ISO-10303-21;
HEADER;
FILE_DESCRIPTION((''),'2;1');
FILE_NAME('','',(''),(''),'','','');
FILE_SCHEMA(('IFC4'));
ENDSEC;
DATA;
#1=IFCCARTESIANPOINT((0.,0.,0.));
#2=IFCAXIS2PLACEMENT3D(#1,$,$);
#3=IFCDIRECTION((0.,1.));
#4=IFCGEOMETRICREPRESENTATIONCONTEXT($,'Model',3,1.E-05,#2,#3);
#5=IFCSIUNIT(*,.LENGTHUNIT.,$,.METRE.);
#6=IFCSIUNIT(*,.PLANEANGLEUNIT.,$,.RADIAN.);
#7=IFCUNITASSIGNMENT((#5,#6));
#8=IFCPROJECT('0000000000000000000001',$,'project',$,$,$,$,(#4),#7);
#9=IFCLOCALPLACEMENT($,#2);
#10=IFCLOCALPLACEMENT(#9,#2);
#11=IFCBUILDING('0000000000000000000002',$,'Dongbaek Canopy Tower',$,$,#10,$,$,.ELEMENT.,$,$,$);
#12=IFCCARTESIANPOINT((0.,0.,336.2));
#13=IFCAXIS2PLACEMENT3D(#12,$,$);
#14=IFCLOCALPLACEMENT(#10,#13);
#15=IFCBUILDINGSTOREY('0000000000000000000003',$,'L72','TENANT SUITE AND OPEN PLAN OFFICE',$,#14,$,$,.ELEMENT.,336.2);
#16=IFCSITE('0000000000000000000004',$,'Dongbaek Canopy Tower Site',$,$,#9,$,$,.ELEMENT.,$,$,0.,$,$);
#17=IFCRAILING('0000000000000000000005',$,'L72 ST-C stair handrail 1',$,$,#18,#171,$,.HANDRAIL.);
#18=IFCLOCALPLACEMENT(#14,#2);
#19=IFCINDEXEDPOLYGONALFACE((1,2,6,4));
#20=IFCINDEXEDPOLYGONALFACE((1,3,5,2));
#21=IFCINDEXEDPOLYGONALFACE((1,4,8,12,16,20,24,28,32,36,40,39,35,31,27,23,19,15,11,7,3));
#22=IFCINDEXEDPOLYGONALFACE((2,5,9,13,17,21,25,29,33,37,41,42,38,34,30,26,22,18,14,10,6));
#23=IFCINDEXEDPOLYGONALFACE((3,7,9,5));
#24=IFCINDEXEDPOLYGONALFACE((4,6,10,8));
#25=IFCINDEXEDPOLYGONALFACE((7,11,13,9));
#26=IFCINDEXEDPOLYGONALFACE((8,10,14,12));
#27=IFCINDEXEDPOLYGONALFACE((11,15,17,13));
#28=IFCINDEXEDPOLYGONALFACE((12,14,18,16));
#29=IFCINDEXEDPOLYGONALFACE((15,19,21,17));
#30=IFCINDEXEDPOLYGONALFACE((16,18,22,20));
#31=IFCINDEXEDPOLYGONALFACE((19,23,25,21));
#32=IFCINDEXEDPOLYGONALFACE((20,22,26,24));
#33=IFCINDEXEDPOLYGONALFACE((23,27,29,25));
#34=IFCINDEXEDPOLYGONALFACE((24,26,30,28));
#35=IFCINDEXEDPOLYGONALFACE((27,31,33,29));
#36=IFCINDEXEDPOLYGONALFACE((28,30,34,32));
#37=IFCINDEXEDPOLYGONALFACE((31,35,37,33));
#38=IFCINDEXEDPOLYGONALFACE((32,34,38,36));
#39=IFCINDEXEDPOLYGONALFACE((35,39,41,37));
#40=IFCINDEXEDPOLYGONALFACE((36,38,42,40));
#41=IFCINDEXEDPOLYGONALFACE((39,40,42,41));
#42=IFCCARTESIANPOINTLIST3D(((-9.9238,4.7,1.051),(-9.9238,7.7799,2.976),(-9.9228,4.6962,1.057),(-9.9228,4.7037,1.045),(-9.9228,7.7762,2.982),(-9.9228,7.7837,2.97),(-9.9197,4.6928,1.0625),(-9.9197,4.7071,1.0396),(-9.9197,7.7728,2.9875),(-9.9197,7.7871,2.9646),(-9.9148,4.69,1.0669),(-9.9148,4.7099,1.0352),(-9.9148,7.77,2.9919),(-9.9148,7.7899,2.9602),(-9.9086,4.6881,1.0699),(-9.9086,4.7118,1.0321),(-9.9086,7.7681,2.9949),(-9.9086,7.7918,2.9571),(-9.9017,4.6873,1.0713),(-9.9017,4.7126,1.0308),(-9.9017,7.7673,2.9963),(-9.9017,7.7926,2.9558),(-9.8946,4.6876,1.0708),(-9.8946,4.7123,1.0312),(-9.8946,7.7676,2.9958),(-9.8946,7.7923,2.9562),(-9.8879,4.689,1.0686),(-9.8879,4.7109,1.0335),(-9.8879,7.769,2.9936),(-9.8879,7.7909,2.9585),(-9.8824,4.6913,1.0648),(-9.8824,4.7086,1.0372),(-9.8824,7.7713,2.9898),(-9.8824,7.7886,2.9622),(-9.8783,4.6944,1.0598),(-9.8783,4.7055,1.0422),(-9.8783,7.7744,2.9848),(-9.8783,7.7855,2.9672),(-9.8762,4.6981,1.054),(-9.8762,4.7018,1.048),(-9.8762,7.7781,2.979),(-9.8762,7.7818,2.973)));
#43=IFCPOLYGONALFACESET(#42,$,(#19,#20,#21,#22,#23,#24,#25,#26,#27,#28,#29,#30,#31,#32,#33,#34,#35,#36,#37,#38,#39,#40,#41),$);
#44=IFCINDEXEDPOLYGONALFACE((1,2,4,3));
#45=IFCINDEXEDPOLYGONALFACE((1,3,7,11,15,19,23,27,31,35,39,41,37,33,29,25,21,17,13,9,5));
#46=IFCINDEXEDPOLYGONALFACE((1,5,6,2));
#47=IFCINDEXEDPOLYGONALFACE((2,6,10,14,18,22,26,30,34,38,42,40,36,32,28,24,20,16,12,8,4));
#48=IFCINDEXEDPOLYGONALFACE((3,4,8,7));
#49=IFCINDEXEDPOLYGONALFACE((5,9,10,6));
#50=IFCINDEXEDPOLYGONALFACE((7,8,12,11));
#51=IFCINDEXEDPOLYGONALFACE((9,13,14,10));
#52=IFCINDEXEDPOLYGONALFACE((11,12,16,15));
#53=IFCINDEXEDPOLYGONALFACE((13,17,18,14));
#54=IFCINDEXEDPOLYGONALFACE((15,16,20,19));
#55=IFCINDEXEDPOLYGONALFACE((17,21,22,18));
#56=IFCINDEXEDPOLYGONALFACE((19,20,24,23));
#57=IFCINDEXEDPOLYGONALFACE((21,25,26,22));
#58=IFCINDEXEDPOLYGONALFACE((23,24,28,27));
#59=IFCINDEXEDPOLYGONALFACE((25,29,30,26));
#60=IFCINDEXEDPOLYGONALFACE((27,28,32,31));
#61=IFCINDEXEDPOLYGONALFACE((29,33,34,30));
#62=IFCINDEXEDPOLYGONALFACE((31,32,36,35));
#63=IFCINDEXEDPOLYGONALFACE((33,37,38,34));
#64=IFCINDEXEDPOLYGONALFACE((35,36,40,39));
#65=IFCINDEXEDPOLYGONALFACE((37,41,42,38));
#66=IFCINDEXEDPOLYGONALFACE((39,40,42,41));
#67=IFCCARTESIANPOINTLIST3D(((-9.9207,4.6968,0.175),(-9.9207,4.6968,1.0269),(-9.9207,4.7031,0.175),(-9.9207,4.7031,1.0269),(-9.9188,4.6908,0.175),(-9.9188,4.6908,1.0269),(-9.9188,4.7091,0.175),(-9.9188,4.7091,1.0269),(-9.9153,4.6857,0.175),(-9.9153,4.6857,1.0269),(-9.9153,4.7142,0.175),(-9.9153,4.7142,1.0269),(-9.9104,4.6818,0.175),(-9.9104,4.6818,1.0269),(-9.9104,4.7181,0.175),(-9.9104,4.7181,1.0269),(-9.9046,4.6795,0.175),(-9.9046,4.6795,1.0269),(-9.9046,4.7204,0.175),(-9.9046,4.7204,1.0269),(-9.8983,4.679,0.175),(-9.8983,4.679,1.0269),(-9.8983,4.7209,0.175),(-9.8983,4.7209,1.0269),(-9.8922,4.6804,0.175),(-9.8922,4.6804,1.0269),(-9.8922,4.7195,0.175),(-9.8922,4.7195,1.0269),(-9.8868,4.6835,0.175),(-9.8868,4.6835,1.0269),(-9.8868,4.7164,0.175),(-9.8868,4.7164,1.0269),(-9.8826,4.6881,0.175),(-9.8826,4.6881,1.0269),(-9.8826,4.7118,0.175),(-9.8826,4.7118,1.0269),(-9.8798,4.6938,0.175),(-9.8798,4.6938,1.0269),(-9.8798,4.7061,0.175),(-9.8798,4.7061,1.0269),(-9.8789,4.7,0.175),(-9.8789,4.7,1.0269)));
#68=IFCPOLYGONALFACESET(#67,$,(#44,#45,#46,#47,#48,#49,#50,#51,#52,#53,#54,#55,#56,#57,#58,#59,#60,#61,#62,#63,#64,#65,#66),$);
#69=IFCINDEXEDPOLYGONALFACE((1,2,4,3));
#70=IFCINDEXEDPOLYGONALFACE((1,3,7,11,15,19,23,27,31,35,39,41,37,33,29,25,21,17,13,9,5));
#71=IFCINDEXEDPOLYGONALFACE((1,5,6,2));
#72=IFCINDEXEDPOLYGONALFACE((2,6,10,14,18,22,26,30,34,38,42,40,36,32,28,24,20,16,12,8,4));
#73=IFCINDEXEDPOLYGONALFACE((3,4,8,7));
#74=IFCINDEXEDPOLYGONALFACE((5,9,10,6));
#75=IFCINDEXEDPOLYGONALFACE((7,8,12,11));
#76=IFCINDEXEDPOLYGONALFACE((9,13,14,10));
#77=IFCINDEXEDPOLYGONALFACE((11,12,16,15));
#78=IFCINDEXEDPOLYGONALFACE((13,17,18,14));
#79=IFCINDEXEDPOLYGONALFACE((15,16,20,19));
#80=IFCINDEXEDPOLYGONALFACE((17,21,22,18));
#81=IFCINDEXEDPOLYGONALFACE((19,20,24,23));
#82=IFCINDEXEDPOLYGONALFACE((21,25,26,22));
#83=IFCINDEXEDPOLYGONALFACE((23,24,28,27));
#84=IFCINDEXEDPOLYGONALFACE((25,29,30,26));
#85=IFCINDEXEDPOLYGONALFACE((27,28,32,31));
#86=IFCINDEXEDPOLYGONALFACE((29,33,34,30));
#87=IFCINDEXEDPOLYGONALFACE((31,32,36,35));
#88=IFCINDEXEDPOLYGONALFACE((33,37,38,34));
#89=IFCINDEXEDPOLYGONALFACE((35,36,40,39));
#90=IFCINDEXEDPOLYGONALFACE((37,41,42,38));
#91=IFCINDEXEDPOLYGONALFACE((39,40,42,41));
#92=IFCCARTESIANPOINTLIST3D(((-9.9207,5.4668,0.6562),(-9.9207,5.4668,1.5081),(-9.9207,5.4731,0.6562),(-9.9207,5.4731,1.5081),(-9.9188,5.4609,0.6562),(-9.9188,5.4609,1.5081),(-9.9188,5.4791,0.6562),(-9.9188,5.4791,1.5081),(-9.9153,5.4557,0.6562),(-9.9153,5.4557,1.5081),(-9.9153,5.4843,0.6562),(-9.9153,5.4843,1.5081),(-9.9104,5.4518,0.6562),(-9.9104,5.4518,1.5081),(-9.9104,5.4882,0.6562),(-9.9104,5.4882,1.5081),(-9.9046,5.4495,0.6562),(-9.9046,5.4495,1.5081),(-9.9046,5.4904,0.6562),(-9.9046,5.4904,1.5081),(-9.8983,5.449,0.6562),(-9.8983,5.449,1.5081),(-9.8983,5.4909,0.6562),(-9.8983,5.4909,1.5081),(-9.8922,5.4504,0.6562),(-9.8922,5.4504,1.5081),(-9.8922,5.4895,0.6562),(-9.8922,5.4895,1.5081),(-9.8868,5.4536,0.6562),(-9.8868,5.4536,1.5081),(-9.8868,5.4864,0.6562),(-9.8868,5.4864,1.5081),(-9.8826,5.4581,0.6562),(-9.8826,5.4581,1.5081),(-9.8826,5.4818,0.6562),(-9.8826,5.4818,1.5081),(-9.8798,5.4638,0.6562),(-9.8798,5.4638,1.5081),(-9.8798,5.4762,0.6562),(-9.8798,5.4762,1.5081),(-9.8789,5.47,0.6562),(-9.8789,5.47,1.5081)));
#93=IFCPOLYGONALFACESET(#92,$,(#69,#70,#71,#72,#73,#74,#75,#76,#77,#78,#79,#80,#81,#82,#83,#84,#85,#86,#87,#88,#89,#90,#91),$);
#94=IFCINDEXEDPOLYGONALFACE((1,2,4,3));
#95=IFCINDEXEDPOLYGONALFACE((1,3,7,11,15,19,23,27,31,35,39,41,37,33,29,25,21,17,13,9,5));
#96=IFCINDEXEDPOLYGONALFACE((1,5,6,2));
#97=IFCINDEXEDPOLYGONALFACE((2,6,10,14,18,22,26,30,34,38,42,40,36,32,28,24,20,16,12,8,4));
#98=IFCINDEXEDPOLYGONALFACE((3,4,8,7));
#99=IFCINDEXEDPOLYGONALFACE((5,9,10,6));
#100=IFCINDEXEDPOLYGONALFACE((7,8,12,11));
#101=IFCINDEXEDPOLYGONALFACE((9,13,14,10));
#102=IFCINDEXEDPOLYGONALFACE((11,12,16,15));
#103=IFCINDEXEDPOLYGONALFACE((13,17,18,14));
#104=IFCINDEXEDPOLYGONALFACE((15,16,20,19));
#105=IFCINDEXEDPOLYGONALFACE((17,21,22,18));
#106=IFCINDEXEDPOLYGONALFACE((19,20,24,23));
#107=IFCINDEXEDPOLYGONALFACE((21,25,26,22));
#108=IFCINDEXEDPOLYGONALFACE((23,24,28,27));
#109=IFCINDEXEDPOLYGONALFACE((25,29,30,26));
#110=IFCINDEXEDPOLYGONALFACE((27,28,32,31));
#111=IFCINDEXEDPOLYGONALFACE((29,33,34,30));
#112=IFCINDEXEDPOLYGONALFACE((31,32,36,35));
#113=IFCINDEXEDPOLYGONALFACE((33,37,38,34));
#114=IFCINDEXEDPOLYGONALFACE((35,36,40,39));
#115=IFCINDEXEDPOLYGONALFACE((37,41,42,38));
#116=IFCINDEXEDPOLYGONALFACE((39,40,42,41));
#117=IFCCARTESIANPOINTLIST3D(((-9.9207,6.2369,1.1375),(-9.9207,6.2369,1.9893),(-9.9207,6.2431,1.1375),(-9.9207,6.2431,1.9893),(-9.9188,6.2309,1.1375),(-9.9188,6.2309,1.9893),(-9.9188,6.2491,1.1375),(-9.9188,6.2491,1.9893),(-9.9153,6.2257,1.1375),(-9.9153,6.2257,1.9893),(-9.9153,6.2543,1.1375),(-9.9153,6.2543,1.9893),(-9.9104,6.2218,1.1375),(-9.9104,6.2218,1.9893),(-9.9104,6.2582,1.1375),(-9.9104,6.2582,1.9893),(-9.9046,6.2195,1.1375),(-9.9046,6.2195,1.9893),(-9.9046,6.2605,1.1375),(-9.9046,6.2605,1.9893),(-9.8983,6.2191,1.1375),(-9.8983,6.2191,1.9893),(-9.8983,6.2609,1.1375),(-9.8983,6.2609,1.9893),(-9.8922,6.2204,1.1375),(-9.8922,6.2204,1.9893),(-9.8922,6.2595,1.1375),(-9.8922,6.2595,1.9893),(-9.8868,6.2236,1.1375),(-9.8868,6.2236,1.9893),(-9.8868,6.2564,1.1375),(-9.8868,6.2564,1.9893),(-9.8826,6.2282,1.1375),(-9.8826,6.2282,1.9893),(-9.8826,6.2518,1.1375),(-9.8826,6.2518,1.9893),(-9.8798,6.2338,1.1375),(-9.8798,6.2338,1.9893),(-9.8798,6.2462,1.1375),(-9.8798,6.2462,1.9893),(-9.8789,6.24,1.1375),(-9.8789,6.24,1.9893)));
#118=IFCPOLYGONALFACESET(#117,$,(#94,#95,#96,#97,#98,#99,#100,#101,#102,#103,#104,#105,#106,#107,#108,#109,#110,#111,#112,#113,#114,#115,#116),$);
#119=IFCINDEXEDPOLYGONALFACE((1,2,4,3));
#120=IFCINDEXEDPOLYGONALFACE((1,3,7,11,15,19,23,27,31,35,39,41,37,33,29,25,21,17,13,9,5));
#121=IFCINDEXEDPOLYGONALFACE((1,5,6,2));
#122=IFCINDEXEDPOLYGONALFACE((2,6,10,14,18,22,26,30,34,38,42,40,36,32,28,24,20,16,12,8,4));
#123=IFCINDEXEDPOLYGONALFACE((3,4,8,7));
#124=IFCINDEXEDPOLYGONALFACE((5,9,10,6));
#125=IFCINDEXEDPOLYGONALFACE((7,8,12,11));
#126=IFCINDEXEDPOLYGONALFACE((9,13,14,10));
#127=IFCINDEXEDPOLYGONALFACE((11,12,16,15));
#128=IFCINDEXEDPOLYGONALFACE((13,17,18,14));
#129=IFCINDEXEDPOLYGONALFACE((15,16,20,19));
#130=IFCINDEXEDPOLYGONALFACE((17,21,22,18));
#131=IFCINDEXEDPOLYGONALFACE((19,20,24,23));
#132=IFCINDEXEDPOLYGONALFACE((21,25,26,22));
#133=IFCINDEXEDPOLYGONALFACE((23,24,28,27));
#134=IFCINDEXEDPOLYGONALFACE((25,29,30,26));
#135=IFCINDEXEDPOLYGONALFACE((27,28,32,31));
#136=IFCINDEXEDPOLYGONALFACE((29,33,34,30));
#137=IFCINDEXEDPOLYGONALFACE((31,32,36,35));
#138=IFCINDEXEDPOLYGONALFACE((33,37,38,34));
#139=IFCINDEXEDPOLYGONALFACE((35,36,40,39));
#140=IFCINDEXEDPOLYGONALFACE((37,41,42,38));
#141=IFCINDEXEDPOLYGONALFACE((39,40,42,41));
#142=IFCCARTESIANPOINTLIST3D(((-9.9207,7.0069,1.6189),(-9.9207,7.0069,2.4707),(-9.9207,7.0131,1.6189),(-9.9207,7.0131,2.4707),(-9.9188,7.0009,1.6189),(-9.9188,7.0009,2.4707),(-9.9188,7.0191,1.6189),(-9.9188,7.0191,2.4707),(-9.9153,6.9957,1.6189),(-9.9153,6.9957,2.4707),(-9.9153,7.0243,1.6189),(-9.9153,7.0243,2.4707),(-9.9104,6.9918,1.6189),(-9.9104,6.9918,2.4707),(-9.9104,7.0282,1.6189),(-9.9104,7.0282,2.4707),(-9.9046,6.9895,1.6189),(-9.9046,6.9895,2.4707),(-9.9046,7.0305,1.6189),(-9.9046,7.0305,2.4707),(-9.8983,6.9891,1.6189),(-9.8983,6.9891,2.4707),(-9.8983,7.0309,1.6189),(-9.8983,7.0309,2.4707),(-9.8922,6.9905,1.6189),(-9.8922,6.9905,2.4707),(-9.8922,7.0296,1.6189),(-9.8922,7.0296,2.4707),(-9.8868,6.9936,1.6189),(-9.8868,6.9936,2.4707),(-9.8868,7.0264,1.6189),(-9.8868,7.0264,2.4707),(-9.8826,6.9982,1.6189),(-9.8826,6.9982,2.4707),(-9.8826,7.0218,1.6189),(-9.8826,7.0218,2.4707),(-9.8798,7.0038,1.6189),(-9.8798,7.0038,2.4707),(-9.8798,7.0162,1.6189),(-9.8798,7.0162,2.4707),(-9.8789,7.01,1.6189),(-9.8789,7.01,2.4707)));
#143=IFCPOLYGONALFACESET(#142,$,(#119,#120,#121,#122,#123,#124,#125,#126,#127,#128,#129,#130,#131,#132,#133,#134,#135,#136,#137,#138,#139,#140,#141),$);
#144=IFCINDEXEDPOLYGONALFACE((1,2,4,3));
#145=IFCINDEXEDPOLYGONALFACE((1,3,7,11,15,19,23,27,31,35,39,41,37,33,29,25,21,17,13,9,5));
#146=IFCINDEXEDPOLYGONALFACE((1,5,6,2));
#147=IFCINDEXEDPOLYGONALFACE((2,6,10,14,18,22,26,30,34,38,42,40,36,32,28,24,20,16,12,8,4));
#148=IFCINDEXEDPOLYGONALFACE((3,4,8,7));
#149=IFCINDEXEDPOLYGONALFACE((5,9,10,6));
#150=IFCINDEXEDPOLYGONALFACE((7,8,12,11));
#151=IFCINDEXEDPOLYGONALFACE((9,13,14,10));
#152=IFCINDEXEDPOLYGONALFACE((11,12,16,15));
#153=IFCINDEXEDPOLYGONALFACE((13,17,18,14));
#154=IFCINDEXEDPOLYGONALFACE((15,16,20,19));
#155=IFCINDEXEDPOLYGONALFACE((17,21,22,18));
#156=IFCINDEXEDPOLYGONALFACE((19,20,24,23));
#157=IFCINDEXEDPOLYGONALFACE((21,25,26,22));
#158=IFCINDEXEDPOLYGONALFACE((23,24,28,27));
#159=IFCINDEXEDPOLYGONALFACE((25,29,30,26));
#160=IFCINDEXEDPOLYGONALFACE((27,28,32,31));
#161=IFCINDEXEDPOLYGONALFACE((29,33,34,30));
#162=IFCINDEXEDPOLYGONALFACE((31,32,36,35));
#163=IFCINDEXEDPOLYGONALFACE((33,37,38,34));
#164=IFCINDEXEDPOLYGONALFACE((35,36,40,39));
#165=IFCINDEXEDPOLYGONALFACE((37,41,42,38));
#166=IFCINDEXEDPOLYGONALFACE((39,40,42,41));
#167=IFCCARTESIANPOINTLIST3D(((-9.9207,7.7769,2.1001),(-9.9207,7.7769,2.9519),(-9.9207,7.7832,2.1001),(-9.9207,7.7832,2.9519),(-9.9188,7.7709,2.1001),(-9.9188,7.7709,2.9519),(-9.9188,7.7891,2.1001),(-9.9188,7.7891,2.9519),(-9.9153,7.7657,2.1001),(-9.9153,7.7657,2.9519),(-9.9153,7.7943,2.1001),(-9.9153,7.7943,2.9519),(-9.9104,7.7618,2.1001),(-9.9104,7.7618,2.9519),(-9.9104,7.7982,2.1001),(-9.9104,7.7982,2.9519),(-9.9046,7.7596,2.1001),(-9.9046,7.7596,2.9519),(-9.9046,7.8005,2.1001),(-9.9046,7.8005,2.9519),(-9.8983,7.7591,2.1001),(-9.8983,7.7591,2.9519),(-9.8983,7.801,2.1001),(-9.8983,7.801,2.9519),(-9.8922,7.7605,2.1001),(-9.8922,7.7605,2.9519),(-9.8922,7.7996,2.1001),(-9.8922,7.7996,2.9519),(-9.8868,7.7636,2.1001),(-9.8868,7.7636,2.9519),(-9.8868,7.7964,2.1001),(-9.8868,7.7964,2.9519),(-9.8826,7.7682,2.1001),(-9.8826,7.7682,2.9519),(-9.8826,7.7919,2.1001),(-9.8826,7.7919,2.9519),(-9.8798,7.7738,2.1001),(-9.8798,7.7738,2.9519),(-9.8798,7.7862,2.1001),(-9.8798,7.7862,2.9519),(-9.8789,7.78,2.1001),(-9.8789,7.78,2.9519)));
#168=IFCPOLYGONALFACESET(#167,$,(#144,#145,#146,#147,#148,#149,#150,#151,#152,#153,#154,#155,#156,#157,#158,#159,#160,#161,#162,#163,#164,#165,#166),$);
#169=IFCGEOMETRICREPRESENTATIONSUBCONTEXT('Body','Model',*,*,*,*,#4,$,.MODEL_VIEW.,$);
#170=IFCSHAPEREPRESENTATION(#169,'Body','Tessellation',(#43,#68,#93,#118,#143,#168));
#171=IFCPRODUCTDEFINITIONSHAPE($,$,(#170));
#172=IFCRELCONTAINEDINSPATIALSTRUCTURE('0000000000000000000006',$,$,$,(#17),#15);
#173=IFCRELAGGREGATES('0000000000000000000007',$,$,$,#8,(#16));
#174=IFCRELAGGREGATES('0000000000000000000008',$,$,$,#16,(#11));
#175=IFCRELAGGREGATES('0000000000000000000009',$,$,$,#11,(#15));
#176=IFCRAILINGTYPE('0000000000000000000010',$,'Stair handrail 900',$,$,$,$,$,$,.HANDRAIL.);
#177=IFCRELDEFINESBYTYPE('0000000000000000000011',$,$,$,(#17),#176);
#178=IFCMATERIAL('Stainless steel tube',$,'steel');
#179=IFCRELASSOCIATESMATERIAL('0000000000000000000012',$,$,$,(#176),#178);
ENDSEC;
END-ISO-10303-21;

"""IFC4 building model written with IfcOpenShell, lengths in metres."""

from ifc_helpers import new_model, si_unit, direction, frame, origin, origin_2d, place, context, subcontext, project, spatial, circle, extrude, material, type_object, element, save


model = new_model("IFC4")

# Units and contexts
model_context = context("Model", 3, precision=1e-05, world=origin(), true_north=direction((0.0, 1.0)))
body_context = subcontext(model_context, "Body", "Model", "MODEL_VIEW")
ifc_project = project(units=[si_unit("LENGTHUNIT", "METRE"), si_unit("PLANEANGLEUNIT", "RADIAN")], contexts=[model_context])

# Site, building, storey
site_placement = place(None, origin())
site = spatial("IfcSite", under=ifc_project, at=site_placement, Name="Dongbaek Canopy Tower Site", CompositionType="ELEMENT", RefElevation=0.0)
building_placement = place(site_placement, origin())
building = spatial("IfcBuilding", under=site, at=building_placement, Name="Dongbaek Canopy Tower", CompositionType="ELEMENT")
storey_placement = place(building_placement, frame((0.0, 0.0, 336.2)))
storey = spatial("IfcBuildingStorey", under=building, at=storey_placement, Name="L72", Description="TENANT SUITE AND OPEN PLAN OFFICE", CompositionType="ELEMENT", Elevation=336.2)

# Railing
ifc_material_1 = material(Name="Stainless steel tube", Category="steel")
railing_type_1 = type_object("IfcRailingType", Name="Stair handrail 900", PredefinedType="HANDRAIL", material=ifc_material_1)
railing_1_placement = place(storey_placement, frame((-9.8999, 4.7, 0.175)))
element("IfcRailing", 1, at=railing_1_placement, inside=storey, type_object=railing_type_1, Name="L72 ST-C stair handrail 1", PredefinedType="HANDRAIL", context=body_context, shape_type="SweptSolid", body=[
    extrude(circle(Radius=0.0239, at=origin_2d()), frame((0.0, 0.0, 0.876), z_axis=(0.0, 0.847998, 0.529999), x_axis=(-1.0, 0.0, 0.0)), (0.0, 0.0, 1.0), 3.6321),
    extrude(circle(Radius=0.021, at=origin_2d()), origin(), (0.0, 0.0, 1.0), 0.8518),
    extrude(circle(Radius=0.021, at=origin_2d()), frame((0.0, 0.77, 0.4812)), (0.0, 0.0, 1.0), 0.8518),
    extrude(circle(Radius=0.021, at=origin_2d()), frame((0.0, 1.54, 0.9624)), (0.0, 0.0, 1.0), 0.8518),
    extrude(circle(Radius=0.021, at=origin_2d()), frame((0.0, 2.3101, 1.4438)), (0.0, 0.0, 1.0), 0.8518),
    extrude(circle(Radius=0.021, at=origin_2d()), frame((0.0, 3.0801, 1.925)), (0.0, 0.0, 1.0), 0.8518),
])

save(model, "model.ifc")
